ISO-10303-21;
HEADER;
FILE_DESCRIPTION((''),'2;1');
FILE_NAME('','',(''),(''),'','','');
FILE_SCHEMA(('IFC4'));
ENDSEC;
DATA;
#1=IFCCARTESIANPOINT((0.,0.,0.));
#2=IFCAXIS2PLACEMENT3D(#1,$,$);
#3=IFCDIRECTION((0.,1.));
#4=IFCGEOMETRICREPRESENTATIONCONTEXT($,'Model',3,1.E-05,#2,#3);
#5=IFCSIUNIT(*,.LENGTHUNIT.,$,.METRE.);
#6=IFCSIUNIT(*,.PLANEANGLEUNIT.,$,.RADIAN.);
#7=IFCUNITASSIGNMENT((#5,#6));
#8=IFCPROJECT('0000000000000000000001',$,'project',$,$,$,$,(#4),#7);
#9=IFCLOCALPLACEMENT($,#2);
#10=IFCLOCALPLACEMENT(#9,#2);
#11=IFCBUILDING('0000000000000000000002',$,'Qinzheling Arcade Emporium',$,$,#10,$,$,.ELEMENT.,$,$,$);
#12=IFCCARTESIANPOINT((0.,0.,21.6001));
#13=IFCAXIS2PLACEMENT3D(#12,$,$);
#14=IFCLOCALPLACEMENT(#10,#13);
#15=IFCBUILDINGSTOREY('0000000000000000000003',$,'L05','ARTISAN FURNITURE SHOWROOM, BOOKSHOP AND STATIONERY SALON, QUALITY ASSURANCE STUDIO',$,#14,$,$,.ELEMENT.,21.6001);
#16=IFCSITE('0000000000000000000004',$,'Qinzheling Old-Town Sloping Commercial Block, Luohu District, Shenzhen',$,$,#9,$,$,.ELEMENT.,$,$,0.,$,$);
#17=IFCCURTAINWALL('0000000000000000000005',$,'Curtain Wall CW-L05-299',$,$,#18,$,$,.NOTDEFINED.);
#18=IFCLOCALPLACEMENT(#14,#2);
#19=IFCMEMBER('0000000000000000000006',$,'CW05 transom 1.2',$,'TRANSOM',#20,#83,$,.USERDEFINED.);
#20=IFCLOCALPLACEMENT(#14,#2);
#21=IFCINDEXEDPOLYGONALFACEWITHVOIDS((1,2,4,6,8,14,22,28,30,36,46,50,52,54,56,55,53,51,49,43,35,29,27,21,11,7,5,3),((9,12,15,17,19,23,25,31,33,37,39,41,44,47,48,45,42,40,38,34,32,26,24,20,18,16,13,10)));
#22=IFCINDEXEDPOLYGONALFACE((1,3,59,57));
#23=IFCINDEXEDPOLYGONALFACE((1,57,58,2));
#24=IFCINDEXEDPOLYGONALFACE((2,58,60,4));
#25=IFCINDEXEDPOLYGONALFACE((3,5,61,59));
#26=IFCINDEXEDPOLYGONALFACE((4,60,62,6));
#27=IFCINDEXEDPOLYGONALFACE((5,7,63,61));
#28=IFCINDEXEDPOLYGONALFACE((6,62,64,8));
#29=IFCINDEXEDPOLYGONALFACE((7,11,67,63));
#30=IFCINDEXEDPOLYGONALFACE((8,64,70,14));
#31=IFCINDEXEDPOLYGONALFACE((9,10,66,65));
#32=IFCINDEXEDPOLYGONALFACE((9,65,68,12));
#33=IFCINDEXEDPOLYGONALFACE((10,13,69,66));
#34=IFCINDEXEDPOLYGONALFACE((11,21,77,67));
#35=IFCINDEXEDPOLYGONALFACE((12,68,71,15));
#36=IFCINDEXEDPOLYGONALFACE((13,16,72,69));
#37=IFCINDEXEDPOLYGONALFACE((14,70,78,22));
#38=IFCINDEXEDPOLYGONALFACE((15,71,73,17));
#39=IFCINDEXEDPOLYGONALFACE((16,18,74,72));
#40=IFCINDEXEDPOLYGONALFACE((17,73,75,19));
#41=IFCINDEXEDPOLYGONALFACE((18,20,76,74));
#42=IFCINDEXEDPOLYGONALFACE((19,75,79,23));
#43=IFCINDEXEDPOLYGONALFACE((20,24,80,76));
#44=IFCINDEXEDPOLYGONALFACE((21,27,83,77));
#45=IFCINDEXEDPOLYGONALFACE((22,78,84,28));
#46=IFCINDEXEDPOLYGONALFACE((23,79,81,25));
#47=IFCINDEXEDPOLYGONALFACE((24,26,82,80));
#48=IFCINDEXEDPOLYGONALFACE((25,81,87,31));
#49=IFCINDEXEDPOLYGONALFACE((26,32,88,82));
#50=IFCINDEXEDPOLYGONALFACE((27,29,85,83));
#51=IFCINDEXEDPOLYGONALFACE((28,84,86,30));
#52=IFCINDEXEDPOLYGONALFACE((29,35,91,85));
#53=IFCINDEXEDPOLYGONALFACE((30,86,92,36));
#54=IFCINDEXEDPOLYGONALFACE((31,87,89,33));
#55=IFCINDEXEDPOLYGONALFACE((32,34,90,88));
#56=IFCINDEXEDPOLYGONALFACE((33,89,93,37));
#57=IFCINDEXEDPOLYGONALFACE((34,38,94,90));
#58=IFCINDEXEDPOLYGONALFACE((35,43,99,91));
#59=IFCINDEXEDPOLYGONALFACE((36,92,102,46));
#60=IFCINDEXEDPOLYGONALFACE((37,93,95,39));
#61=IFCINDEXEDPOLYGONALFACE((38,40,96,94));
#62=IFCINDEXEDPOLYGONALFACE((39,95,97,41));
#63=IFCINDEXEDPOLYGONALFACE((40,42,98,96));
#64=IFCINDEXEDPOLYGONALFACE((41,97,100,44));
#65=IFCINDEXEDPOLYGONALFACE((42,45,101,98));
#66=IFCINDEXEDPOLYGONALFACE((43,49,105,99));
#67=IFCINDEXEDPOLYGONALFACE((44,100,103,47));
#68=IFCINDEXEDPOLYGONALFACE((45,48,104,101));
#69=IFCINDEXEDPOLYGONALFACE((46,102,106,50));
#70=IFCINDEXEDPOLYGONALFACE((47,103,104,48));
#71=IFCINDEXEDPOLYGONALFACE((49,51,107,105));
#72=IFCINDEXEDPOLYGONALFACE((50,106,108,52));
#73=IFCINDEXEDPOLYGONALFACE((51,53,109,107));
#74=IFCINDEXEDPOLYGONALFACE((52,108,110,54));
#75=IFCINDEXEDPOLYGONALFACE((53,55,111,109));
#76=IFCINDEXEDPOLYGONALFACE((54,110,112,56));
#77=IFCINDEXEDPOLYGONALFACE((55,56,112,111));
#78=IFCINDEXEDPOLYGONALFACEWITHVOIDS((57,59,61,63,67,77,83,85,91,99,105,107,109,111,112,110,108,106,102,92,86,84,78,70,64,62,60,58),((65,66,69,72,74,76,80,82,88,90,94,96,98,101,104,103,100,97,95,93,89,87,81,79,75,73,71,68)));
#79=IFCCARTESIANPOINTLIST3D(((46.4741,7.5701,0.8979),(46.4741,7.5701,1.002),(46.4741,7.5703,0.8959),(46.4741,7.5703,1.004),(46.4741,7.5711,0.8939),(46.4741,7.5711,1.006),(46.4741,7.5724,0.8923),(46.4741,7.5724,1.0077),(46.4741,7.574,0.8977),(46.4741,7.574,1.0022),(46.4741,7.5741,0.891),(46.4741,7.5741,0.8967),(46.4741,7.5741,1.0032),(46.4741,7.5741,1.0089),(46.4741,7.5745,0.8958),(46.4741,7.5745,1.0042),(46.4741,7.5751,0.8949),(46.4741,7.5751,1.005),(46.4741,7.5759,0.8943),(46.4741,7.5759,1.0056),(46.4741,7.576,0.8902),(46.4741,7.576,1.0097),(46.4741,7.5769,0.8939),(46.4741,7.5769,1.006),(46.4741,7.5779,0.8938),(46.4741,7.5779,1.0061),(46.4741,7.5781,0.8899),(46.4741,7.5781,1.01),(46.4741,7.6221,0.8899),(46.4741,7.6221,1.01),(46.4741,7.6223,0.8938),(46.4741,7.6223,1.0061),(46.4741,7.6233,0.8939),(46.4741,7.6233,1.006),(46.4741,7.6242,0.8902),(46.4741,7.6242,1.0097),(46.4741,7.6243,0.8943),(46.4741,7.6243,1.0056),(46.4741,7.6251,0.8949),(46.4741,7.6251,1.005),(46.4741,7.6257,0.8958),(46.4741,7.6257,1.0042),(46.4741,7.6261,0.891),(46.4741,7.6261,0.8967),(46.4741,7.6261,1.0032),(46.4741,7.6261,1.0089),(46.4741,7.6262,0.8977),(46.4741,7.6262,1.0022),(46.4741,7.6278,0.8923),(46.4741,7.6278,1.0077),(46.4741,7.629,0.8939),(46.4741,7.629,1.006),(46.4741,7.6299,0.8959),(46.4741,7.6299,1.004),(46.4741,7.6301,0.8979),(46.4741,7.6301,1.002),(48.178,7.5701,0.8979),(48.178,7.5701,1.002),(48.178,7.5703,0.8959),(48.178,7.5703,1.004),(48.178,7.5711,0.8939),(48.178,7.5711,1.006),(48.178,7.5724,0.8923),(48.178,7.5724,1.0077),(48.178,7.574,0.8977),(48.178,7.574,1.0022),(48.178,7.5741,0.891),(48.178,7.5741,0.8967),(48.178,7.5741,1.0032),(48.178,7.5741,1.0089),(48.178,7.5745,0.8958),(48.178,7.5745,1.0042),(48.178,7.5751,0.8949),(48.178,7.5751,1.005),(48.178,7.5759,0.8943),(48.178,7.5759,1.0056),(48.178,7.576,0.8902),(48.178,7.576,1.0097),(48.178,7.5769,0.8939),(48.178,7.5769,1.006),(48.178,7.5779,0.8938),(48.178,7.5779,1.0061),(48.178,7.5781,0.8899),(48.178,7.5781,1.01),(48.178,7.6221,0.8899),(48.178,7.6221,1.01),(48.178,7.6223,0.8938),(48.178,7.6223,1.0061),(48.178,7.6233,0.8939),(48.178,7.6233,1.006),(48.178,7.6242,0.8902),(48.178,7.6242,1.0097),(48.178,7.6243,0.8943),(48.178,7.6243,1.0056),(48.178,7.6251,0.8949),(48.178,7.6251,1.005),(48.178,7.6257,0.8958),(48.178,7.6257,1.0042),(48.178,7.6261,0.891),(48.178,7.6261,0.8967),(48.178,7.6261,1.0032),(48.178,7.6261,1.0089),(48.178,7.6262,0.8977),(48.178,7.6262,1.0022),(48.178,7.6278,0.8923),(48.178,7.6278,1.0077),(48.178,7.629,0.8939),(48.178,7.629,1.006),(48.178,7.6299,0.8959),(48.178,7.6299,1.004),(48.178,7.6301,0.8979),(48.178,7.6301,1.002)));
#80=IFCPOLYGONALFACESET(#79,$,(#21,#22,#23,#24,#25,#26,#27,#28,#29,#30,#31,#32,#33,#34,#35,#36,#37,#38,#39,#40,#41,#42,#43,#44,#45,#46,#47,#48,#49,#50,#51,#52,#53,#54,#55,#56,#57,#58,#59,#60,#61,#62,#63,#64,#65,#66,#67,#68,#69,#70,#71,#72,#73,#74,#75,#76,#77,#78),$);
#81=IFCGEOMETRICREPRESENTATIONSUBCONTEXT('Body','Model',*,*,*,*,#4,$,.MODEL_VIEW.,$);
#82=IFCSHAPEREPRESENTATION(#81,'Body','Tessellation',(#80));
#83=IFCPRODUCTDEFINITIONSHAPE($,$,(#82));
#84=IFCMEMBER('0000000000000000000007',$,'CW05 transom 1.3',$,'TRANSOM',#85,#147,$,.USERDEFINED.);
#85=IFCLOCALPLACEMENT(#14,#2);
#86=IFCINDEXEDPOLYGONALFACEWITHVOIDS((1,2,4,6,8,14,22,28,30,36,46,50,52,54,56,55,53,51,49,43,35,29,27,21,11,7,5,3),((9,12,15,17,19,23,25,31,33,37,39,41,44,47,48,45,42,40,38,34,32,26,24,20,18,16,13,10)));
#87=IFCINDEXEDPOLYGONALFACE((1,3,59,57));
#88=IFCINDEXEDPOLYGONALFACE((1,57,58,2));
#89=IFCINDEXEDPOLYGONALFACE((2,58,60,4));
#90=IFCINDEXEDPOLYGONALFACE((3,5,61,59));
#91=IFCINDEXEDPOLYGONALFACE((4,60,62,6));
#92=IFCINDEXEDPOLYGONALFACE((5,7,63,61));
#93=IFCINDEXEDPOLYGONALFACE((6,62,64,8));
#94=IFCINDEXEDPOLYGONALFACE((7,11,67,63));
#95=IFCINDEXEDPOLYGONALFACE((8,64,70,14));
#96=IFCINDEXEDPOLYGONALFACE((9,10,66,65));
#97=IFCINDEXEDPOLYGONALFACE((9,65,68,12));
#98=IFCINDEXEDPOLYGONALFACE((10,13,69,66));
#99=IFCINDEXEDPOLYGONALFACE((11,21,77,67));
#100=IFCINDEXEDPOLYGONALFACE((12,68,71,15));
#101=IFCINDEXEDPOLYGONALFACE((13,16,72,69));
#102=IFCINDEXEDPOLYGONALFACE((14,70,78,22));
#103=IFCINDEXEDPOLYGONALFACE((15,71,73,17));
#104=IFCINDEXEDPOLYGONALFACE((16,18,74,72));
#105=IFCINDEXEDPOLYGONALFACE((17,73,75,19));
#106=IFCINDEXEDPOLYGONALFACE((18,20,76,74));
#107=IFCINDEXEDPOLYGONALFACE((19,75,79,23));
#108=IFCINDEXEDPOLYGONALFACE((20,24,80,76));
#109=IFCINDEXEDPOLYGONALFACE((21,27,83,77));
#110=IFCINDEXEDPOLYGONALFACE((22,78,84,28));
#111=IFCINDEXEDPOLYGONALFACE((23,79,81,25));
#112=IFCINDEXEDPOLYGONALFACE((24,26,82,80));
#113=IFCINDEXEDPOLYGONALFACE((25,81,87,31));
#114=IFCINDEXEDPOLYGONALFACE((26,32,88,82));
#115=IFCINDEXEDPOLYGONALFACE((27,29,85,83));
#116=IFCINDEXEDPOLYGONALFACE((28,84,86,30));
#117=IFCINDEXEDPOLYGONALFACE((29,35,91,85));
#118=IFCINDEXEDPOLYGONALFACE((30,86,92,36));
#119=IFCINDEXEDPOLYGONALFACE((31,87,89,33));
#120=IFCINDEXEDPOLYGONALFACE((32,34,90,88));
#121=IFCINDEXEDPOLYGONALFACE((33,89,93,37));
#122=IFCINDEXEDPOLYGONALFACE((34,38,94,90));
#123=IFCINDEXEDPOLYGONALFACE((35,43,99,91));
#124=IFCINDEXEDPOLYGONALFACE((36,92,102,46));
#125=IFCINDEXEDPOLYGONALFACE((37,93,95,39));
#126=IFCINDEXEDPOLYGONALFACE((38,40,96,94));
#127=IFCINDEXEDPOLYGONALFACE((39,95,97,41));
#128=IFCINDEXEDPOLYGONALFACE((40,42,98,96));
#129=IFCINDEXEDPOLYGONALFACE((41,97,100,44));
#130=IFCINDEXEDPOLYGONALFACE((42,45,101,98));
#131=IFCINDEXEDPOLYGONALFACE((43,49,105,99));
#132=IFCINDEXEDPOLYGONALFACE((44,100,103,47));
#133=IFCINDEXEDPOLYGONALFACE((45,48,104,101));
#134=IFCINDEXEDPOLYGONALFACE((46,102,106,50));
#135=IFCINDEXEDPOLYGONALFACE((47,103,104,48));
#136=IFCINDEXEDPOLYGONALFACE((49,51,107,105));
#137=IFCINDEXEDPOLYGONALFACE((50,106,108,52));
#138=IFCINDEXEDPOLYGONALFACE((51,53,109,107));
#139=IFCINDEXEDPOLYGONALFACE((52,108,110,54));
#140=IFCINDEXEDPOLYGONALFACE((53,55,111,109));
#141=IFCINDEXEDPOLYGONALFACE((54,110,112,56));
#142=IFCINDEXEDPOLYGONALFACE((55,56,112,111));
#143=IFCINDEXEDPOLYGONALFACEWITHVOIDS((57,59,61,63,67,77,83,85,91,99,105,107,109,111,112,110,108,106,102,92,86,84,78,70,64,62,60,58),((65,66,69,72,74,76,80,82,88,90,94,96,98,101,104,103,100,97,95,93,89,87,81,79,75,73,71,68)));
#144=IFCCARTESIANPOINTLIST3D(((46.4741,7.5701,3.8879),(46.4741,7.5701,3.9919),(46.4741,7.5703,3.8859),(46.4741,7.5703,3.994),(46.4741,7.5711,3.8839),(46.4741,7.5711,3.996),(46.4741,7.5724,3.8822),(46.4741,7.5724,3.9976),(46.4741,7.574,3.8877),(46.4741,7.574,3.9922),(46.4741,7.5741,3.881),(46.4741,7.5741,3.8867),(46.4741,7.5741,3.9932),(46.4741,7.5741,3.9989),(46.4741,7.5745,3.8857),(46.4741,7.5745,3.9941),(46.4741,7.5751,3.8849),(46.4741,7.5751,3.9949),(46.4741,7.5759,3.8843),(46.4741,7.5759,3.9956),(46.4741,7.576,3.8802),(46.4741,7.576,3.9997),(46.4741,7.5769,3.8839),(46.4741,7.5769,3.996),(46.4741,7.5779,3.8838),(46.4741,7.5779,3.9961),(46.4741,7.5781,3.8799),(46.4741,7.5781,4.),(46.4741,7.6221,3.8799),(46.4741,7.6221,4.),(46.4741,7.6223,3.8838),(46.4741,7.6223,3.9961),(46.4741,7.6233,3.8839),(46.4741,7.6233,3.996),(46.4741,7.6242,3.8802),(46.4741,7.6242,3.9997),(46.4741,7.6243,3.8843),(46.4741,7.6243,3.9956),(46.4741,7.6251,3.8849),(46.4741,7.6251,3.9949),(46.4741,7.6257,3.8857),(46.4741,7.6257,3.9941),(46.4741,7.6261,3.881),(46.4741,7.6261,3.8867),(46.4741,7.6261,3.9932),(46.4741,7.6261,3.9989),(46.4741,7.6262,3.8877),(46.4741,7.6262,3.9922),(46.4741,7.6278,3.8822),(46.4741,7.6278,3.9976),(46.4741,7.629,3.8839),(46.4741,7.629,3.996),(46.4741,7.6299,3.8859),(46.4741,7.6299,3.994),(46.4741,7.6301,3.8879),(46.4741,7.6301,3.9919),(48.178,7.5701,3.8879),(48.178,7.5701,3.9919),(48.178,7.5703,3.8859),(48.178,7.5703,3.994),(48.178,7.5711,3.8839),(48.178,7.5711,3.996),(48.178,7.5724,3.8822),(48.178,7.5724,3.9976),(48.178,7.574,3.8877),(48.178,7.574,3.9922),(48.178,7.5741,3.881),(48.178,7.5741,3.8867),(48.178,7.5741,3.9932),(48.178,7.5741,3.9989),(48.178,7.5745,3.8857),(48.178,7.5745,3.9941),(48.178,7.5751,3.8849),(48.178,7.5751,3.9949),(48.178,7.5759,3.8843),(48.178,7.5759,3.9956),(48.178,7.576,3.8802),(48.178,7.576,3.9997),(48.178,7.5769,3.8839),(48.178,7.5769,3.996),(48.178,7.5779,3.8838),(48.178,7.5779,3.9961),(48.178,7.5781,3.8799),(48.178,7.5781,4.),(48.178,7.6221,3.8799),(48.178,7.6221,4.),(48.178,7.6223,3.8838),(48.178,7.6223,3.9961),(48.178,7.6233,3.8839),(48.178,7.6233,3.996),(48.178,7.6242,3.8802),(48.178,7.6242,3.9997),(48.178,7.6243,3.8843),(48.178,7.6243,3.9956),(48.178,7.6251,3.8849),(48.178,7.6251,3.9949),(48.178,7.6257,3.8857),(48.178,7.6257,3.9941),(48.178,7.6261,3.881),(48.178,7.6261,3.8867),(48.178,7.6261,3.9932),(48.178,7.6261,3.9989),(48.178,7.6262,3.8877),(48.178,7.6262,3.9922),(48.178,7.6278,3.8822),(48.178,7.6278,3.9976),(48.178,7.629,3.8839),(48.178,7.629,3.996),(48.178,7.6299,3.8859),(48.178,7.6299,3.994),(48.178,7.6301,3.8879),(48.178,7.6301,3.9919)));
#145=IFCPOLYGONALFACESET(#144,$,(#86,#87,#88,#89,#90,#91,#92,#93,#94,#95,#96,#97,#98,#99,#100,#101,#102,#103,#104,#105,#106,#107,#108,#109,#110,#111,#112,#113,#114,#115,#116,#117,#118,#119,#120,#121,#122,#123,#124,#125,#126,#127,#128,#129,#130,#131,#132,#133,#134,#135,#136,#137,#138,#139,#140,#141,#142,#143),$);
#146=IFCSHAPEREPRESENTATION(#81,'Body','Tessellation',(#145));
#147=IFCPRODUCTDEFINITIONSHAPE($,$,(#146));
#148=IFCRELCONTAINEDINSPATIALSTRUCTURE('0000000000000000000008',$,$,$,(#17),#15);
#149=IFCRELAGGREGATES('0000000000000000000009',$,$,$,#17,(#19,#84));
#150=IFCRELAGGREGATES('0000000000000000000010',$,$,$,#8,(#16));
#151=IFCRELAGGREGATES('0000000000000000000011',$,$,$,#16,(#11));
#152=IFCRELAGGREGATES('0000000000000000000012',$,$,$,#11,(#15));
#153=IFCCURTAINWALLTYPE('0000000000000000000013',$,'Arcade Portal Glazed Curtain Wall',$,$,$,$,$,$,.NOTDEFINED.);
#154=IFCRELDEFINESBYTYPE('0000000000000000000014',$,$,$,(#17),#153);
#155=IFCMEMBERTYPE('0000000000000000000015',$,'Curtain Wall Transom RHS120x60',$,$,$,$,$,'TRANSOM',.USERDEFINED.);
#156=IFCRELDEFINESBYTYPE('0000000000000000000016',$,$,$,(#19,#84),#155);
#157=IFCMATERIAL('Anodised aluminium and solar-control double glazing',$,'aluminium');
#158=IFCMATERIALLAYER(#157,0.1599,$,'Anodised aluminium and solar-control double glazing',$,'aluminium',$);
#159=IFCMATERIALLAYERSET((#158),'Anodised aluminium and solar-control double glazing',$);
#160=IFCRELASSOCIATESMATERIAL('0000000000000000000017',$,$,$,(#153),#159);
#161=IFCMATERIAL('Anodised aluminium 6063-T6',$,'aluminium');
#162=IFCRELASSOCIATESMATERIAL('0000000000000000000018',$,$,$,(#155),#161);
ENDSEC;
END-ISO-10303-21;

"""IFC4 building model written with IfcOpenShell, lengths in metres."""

from ifc_helpers import new_model, si_unit, direction, frame, origin, origin_2d, place, context, subcontext, project, spatial, hollow_rectangle, extrude, material, layer, layer_set, material_profile, profile_set, type_object, element, aggregate, save


model = new_model("IFC4")

# Units and contexts
model_context = context("Model", 3, precision=1e-05, world=origin(), true_north=direction((0.0, 1.0)))
body_context = subcontext(model_context, "Body", "Model", "MODEL_VIEW")
ifc_project = project(units=[si_unit("LENGTHUNIT", "METRE"), si_unit("PLANEANGLEUNIT", "RADIAN")], contexts=[model_context])

# Site, building, storey
site_placement = place(None, origin())
site = spatial("IfcSite", under=ifc_project, at=site_placement, Name="Qinzheling Old-Town Sloping Commercial Block, Luohu District, Shenzhen", CompositionType="ELEMENT", RefElevation=0.0)
building_placement = place(site_placement, origin())
building = spatial("IfcBuilding", under=site, at=building_placement, Name="Qinzheling Arcade Emporium", CompositionType="ELEMENT")
storey_placement = place(building_placement, frame((0.0, 0.0, 21.6001)))
storey = spatial("IfcBuildingStorey", under=building, at=storey_placement, Name="L05", Description="ARTISAN FURNITURE SHOWROOM, BOOKSHOP AND STATIONERY SALON, QUALITY ASSURANCE STUDIO", CompositionType="ELEMENT", Elevation=21.6001)

# Shared definitions
ifc_material_1 = material(Name="Anodised aluminium and solar-control double glazing", Category="aluminium")
ifc_layer_1 = layer(ifc_material_1, 0.1599, Name="Anodised aluminium and solar-control double glazing", Category="aluminium")
ifc_layer_set_1 = layer_set([ifc_layer_1], Name="Anodised aluminium and solar-control double glazing")
curtain_wall_type = type_object("IfcCurtainWallType", Name="Arcade Portal Glazed Curtain Wall", PredefinedType="NOTDEFINED", material=ifc_layer_set_1)
ifc_material_2 = material(Name="Anodised aluminium 6063-T6", Category="aluminium")

# Curtain wall, members
curtain_wall_1_placement = place(storey_placement, origin())
curtain_wall_1 = element("IfcCurtainWall", 1, at=curtain_wall_1_placement, inside=storey, type_object=curtain_wall_type, Name="Curtain Wall CW-L05-299", PredefinedType="NOTDEFINED")
ifc_material_profile_1 = material_profile(ifc_material_2, hollow_rectangle(XDim=0.0601, YDim=0.1201, WallThickness=0.0039, InnerFilletRadius=0.0039, OuterFilletRadius=0.0081, at=origin_2d()), Name="RHS 120x60x4", Category="aluminium")
ifc_profile_set_1 = profile_set([ifc_material_profile_1], Name="Anodised aluminium 6063-T6")
member_type_1 = type_object("IfcMemberType", Name="Curtain Wall Transom RHS120x60", ElementType="TRANSOM", PredefinedType="USERDEFINED", material=ifc_profile_set_1)
member_1_placement = place(storey_placement, frame((48.178, 7.6001, 0.95), z_axis=(-1.0, 0.0, 0.0), x_axis=(0.0, -1.0, 0.0)))
member_1 = element("IfcMember", 2, at=member_1_placement, type_object=member_type_1, Name="CW05 transom 1.2", ObjectType="TRANSOM", PredefinedType="USERDEFINED", context=body_context, shape_type="SweptSolid", body=[
    extrude(hollow_rectangle(XDim=0.0601, YDim=0.1201, WallThickness=0.0039, InnerFilletRadius=0.0039, OuterFilletRadius=0.0081, at=origin_2d()), origin(), (0.0, 0.0, 1.0), 1.7039),
])
member_2_placement = place(storey_placement, frame((48.178, 7.6001, 3.9399), z_axis=(-1.0, 0.0, 0.0), x_axis=(0.0, -1.0, 0.0)))
member_2 = element("IfcMember", 3, at=member_2_placement, type_object=member_type_1, Name="CW05 transom 1.3", ObjectType="TRANSOM", PredefinedType="USERDEFINED", context=body_context, shape_type="SweptSolid", body=[
    extrude(hollow_rectangle(XDim=0.0601, YDim=0.1201, WallThickness=0.0039, InnerFilletRadius=0.0039, OuterFilletRadius=0.0081, at=origin_2d()), origin(), (0.0, 0.0, 1.0), 1.7039),
])

aggregate(curtain_wall_1, [member_1, member_2])

save(model, "model.ifc")
